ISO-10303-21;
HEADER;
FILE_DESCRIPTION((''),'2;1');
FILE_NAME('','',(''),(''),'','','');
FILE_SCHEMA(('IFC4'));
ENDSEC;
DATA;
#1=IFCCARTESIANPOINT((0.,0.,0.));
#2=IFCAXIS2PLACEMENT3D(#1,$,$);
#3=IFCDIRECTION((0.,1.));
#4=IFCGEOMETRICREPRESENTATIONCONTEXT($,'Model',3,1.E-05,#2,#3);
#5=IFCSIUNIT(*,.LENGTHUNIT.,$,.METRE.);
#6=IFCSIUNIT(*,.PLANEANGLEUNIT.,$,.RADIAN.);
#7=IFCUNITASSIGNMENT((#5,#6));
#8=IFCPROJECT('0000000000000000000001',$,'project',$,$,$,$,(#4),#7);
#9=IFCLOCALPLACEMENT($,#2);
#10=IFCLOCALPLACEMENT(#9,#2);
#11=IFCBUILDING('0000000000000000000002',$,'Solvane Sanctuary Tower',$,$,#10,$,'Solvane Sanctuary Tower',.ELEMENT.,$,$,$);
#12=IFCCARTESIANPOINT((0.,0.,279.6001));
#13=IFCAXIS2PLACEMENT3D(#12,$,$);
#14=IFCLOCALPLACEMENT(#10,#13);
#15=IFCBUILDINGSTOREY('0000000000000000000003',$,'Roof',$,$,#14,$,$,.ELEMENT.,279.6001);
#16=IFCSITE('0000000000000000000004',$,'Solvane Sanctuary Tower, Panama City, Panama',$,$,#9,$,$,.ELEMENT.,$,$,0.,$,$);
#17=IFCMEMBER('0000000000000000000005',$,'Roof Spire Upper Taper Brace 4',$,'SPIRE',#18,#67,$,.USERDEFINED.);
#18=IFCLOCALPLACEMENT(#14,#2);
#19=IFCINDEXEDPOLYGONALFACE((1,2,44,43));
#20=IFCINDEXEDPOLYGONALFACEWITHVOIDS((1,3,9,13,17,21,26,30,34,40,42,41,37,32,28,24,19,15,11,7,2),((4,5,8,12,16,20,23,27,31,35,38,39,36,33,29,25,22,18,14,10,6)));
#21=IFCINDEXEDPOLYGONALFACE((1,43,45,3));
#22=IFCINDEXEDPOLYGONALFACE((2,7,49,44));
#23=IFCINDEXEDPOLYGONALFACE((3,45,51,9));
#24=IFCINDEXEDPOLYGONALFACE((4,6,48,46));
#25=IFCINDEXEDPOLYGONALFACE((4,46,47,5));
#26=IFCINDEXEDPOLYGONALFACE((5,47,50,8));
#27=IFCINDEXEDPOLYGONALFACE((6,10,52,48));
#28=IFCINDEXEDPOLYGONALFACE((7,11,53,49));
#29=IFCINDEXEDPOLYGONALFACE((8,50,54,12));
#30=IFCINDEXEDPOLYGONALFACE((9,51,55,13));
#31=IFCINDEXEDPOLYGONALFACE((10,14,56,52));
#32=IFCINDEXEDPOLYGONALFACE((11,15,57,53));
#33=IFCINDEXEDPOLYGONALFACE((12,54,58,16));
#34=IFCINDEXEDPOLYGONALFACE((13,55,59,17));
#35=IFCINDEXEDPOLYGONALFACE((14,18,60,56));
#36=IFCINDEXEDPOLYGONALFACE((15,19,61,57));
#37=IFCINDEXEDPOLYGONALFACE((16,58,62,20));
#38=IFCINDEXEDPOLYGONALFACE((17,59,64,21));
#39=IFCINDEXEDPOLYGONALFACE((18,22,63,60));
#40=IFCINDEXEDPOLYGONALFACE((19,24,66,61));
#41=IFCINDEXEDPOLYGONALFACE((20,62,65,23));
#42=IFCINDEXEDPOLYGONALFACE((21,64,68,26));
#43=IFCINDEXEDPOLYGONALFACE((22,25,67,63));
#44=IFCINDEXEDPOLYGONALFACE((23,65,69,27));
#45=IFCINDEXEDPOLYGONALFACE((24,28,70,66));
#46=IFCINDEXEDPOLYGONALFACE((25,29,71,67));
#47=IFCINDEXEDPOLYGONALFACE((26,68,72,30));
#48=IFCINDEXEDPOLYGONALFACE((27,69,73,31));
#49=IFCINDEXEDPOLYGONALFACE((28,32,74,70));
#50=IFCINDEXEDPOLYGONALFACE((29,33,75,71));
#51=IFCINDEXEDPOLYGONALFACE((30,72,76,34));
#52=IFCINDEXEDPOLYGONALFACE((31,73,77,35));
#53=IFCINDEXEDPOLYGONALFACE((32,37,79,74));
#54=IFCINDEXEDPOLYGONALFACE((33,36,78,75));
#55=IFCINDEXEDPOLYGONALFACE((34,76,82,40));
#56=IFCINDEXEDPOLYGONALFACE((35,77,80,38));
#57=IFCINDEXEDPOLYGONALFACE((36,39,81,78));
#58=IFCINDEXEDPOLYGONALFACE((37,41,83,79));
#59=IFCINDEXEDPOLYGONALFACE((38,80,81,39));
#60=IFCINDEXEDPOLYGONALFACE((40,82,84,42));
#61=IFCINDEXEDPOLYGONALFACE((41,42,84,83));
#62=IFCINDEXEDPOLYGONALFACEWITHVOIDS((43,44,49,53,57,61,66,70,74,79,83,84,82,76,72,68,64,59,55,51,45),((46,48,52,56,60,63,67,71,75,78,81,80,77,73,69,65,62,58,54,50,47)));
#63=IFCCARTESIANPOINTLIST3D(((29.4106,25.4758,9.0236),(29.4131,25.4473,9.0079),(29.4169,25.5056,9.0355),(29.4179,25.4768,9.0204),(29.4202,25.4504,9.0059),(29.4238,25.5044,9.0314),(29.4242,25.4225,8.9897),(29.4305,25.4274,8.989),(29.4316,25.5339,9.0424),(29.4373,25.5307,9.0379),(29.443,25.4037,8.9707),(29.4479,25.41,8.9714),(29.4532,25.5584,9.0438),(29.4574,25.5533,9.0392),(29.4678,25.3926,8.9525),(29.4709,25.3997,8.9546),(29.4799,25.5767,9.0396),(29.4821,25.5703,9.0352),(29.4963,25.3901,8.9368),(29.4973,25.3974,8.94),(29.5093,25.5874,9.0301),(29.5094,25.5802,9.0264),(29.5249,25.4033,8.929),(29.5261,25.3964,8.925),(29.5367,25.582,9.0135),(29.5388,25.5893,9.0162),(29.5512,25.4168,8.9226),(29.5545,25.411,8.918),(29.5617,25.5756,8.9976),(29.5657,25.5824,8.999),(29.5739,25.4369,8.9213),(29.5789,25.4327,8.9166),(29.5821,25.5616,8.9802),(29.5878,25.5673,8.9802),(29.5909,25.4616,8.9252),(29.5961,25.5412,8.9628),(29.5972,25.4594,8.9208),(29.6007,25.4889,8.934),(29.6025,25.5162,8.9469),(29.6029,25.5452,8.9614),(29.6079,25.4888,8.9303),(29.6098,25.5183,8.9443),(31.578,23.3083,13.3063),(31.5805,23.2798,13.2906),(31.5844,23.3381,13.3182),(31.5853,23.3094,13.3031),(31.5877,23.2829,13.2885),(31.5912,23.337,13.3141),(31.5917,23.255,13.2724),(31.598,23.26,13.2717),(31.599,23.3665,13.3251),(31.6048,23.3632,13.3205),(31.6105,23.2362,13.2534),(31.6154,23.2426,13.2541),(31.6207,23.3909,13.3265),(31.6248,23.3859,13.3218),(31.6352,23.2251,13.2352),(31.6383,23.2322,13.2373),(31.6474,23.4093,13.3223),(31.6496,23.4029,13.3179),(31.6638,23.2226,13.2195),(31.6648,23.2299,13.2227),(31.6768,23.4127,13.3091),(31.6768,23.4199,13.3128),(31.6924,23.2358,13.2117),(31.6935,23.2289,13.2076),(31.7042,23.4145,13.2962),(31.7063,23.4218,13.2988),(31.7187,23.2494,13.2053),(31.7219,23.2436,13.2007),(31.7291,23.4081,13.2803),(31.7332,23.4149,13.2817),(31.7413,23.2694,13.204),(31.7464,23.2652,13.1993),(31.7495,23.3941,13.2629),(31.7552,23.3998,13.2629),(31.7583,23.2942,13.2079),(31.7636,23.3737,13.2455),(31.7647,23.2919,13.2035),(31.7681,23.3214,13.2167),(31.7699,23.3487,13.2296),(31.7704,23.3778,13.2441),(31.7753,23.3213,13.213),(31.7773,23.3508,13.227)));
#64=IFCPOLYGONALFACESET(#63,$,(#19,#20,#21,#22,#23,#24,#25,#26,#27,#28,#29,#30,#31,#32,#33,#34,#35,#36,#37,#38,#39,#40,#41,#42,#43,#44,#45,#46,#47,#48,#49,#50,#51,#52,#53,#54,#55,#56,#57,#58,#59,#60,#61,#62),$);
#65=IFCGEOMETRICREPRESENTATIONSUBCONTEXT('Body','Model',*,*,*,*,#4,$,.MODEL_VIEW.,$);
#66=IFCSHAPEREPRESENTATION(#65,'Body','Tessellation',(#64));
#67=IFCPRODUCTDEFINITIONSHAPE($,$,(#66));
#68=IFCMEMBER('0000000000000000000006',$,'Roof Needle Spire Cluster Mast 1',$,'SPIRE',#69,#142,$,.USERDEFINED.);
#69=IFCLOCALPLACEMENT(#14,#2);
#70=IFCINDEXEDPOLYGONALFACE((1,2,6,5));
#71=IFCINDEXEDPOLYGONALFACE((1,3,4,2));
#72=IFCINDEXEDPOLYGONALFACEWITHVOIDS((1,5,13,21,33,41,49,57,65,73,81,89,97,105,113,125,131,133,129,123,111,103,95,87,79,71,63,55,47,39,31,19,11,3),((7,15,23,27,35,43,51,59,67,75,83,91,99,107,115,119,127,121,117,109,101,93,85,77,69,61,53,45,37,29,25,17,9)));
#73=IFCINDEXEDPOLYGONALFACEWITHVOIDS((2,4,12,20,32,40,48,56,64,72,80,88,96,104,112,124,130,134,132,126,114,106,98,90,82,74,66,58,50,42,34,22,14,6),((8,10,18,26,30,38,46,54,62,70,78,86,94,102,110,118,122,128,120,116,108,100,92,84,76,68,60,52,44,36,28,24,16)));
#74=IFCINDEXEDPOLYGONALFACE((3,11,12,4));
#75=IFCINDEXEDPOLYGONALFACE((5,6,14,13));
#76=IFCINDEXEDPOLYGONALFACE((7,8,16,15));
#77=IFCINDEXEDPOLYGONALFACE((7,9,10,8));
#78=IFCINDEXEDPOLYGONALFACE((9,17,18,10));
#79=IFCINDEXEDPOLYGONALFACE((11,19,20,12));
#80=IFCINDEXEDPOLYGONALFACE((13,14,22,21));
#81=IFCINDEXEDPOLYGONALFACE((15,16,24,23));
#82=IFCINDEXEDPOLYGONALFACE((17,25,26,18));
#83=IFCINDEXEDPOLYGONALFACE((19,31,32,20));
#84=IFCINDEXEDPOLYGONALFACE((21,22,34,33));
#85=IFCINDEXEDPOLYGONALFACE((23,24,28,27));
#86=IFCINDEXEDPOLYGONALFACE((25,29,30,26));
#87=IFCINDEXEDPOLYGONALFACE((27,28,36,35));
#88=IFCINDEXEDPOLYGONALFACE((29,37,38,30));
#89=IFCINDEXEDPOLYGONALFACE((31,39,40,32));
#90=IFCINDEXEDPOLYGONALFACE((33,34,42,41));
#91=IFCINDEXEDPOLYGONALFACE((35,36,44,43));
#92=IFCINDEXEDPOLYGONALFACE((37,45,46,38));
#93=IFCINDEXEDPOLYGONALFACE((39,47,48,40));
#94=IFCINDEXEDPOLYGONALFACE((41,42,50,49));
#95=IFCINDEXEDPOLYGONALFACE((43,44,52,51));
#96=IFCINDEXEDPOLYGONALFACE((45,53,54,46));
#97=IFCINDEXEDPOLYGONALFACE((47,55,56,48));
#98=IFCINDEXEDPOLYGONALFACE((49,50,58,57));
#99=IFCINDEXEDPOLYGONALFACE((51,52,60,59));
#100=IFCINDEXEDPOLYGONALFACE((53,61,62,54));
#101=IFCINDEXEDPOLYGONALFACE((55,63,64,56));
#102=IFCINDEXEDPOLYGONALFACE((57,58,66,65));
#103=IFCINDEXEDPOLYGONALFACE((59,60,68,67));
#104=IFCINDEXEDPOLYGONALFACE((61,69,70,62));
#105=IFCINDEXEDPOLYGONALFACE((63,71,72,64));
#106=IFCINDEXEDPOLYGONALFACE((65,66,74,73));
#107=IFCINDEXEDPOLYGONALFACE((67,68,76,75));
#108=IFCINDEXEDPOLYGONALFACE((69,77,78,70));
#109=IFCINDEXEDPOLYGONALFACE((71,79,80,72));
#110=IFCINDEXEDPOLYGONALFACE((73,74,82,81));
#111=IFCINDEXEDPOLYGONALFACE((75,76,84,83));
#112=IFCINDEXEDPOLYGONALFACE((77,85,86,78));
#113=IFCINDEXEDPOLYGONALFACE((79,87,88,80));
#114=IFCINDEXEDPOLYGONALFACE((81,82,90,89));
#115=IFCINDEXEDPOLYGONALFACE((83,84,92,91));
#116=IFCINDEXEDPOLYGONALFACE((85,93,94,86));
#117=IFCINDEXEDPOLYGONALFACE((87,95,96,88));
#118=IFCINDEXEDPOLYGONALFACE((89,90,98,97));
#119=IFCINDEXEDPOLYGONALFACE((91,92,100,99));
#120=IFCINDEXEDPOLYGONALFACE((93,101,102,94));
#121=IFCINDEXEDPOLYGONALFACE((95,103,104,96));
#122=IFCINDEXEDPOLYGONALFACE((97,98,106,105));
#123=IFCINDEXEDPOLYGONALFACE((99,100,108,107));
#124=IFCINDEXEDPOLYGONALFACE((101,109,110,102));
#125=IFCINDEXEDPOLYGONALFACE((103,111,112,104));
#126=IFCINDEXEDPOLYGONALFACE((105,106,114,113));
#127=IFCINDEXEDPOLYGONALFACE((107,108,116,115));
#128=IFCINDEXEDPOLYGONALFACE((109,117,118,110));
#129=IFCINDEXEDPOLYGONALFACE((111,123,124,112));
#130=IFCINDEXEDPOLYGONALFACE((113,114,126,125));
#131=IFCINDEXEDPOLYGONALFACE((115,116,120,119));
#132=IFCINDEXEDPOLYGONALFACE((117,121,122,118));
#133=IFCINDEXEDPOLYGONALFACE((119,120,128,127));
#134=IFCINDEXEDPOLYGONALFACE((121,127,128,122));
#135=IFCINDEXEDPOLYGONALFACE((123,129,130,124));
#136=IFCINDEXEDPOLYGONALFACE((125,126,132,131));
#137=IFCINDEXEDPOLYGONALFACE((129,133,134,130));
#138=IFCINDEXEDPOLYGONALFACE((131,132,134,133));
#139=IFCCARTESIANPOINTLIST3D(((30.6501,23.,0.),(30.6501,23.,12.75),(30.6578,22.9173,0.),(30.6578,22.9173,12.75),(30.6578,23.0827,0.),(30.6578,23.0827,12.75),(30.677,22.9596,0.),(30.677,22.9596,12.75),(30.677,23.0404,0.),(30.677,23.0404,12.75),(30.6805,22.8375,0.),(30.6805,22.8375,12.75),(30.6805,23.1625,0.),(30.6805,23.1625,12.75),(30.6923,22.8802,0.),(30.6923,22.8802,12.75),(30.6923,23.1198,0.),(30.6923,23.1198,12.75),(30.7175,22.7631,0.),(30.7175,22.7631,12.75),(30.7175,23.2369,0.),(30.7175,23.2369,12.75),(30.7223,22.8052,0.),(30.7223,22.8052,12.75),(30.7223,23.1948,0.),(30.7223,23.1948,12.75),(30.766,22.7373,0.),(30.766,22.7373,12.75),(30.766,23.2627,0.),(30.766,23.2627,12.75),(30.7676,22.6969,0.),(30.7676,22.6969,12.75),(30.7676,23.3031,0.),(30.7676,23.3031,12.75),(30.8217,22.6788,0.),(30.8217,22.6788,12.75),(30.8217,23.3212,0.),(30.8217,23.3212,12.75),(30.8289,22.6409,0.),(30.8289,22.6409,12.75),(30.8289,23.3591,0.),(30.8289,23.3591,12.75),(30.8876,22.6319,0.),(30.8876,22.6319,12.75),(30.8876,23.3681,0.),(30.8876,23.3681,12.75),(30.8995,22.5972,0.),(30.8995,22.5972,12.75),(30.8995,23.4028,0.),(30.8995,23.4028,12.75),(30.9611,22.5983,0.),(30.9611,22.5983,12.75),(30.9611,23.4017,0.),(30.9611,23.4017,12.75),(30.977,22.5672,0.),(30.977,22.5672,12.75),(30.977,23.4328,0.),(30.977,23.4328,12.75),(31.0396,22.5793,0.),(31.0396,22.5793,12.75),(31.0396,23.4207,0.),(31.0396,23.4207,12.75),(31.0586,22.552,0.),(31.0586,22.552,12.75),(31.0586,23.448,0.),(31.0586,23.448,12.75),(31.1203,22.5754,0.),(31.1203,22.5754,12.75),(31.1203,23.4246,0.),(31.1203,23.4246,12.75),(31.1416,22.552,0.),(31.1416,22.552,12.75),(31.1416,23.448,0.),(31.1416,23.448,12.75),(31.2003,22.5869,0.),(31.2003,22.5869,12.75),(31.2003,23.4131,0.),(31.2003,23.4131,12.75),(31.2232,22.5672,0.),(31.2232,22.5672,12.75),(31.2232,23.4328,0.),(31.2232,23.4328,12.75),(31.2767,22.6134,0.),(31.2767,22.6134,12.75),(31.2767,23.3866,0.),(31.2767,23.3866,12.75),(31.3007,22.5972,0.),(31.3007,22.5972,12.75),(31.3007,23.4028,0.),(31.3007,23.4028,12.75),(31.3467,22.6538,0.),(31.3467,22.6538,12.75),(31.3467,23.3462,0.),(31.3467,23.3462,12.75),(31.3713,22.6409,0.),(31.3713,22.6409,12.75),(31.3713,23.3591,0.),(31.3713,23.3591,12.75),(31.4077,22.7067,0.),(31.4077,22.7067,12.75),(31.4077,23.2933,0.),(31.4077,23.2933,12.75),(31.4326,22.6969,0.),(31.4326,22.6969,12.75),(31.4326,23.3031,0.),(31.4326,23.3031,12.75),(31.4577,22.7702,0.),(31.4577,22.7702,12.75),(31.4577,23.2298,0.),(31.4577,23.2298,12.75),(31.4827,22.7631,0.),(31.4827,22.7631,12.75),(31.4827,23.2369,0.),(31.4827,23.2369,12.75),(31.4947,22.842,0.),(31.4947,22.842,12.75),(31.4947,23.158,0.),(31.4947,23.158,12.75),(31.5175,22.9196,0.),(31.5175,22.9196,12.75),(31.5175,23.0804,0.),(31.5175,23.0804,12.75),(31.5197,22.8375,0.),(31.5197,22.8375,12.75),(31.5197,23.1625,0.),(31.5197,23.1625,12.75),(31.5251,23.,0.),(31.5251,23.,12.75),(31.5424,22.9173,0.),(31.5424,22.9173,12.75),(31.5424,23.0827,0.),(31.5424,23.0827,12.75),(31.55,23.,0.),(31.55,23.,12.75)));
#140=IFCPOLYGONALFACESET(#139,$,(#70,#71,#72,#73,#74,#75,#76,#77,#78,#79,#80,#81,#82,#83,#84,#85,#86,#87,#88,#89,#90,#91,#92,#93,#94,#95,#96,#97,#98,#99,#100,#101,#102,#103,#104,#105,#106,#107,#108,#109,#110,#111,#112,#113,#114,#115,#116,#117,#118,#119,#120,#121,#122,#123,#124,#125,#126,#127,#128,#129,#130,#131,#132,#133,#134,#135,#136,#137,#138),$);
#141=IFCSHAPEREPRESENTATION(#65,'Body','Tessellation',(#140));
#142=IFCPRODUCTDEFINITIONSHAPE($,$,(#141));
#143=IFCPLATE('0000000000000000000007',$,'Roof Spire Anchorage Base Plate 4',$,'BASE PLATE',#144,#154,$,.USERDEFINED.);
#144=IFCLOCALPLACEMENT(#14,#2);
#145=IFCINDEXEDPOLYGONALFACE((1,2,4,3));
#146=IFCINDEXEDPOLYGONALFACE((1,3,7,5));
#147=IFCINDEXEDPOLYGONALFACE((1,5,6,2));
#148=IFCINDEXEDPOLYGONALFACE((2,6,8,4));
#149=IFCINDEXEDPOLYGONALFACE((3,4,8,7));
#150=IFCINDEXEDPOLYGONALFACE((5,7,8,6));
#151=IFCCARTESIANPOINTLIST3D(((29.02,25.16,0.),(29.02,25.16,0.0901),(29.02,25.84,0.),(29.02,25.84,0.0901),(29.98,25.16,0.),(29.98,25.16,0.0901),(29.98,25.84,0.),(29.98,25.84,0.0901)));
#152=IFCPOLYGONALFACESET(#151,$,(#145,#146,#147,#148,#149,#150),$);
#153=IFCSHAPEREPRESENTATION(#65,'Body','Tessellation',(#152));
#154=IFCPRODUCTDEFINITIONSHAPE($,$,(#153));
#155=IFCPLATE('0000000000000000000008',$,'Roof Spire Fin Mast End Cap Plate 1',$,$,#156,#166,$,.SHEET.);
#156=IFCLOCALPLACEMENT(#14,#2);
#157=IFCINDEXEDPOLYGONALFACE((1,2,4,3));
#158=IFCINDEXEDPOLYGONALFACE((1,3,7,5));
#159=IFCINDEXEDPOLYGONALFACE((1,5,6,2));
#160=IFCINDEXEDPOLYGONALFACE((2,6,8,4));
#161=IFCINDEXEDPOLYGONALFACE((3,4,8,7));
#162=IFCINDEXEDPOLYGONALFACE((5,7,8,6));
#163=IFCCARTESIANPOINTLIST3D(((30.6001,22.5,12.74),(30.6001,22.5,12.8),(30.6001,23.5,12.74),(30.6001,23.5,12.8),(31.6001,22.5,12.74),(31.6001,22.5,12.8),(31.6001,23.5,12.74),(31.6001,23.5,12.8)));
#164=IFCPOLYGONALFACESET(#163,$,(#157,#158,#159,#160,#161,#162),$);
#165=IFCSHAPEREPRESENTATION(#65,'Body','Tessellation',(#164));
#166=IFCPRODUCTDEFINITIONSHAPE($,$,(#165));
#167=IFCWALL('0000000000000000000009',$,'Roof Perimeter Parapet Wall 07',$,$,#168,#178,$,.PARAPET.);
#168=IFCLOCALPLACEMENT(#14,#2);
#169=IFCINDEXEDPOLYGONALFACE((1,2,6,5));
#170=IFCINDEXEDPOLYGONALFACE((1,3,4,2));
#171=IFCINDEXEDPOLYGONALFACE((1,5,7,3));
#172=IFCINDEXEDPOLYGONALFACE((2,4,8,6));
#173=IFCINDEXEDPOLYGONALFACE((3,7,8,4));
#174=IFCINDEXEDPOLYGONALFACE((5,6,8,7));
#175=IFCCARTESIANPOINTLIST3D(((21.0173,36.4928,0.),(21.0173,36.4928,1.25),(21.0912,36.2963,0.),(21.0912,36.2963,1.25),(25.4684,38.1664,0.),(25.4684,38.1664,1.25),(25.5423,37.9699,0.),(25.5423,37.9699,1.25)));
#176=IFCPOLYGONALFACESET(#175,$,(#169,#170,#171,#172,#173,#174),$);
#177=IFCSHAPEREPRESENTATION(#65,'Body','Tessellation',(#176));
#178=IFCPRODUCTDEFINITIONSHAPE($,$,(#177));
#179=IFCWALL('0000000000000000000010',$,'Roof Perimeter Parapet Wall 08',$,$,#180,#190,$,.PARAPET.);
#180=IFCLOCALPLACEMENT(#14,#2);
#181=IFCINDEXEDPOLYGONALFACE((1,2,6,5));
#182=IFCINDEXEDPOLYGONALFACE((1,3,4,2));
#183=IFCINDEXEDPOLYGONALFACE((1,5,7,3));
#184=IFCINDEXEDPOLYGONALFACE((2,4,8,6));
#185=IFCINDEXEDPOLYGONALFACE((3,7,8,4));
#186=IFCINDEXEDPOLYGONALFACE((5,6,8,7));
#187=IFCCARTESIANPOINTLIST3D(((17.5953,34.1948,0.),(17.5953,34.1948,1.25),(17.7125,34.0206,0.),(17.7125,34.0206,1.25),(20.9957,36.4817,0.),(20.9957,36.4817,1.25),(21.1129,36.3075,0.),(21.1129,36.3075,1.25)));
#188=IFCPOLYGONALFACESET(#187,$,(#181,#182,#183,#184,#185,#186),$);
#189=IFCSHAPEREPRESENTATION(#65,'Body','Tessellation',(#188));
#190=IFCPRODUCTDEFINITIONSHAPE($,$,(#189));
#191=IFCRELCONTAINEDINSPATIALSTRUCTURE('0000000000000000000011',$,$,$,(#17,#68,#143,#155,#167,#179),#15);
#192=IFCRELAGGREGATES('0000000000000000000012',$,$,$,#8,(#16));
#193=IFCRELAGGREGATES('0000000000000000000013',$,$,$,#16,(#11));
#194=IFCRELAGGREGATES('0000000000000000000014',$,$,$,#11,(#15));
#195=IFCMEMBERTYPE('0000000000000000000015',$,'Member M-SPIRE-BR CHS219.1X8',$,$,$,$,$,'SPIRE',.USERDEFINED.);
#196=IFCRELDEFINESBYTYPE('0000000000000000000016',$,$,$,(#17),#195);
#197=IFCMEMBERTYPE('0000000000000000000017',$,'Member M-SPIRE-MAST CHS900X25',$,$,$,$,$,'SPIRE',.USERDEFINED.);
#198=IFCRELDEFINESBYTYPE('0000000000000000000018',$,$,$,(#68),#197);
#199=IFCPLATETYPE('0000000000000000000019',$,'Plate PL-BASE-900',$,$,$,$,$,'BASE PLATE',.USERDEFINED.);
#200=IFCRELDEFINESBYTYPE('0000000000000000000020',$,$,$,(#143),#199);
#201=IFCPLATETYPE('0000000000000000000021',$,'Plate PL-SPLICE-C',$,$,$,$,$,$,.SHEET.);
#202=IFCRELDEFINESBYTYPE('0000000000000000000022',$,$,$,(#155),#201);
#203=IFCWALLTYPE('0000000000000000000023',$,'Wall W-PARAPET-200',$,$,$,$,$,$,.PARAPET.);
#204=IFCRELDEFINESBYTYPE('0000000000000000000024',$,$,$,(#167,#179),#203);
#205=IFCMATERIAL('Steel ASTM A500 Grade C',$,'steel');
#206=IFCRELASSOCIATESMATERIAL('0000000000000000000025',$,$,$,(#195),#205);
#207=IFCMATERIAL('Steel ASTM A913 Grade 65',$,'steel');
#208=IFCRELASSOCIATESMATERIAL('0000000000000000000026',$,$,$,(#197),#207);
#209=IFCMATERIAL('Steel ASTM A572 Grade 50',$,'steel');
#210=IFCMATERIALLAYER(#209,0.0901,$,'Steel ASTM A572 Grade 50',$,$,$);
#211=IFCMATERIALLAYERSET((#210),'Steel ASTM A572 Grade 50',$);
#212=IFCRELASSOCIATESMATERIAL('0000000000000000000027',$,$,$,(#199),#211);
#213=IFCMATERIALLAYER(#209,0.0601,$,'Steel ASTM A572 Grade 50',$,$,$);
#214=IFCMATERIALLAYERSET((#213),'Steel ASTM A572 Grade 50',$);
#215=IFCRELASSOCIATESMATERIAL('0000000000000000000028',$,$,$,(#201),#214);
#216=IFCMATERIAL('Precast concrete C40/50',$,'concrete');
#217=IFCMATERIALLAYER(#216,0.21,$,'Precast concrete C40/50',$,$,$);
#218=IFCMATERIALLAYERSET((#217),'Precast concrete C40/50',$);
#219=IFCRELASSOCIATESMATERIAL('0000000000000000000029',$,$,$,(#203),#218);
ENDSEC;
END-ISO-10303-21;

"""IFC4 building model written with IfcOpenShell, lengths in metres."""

from ifc_helpers import new_model, si_unit, direction, frame, frame_2d, origin, origin_2d, place, context, subcontext, project, spatial, rectangle, hollow_circle, extrude, material, layer, layer_set, material_profile, profile_set, type_object, element, save


model = new_model("IFC4")

# Units and contexts
model_context = context("Model", 3, precision=1e-05, world=origin(), true_north=direction((0.0, 1.0)))
body_context = subcontext(model_context, "Body", "Model", "MODEL_VIEW")
ifc_project = project(units=[si_unit("LENGTHUNIT", "METRE"), si_unit("PLANEANGLEUNIT", "RADIAN")], contexts=[model_context])

# Site, building, storey
site_placement = place(None, origin())
site = spatial("IfcSite", under=ifc_project, at=site_placement, Name="Solvane Sanctuary Tower, Panama City, Panama", CompositionType="ELEMENT", RefElevation=0.0)
building_placement = place(site_placement, origin())
building = spatial("IfcBuilding", under=site, at=building_placement, Name="Solvane Sanctuary Tower", LongName="Solvane Sanctuary Tower", CompositionType="ELEMENT")
storey_placement = place(building_placement, frame((0.0, 0.0, 279.6001)))
storey = spatial("IfcBuildingStorey", under=building, at=storey_placement, Name="Roof", CompositionType="ELEMENT", Elevation=279.6001)

# Shared definitions
ifc_material_1 = material(Name="Steel ASTM A913 Grade 65", Category="steel")

# Members
ifc_material_2 = material(Name="Steel ASTM A500 Grade C", Category="steel")
ifc_material_profile_1 = material_profile(ifc_material_2, hollow_circle(Radius=0.1096, WallThickness=0.0081, at=origin_2d()), Name="CHS219.1X8")
ifc_profile_set_1 = profile_set([ifc_material_profile_1], Name="Steel ASTM A500 Grade C")
member_type_1 = type_object("IfcMemberType", Name="Member M-SPIRE-BR CHS219.1X8", ElementType="SPIRE", PredefinedType="USERDEFINED", material=ifc_profile_set_1)
member_1_placement = place(storey_placement, frame((29.5103, 25.4897, 8.9802), z_axis=(0.411548, -0.411548, 0.813176), x_axis=(0.707107, 0.707107, 0.0)))
element("IfcMember", 1, at=member_1_placement, inside=storey, type_object=member_type_1, Name="Roof Spire Upper Taper Brace 4", ObjectType="SPIRE", PredefinedType="USERDEFINED", context=body_context, shape_type="SweptSolid", body=[
    extrude(hollow_circle(Radius=0.1096, WallThickness=0.0081, at=origin_2d()), origin(), (0.0, 0.0, 1.0), 5.2666),
])
ifc_material_profile_2 = material_profile(ifc_material_1, hollow_circle(Radius=0.45, WallThickness=0.0249, at=origin_2d()), Name="CHS900X25")
ifc_profile_set_2 = profile_set([ifc_material_profile_2], Name="Steel ASTM A913 Grade 65")
member_type_2 = type_object("IfcMemberType", Name="Member M-SPIRE-MAST CHS900X25", ElementType="SPIRE", PredefinedType="USERDEFINED", material=ifc_profile_set_2)
member_2_placement = place(storey_placement, frame((31.1001, 23.0, 0.0), z_axis=(0.0, 0.0, 1.0), x_axis=(1.0, 0.0, 0.0)))
element("IfcMember", 2, at=member_2_placement, inside=storey, type_object=member_type_2, Name="Roof Needle Spire Cluster Mast 1", ObjectType="SPIRE", PredefinedType="USERDEFINED", context=body_context, shape_type="SweptSolid", body=[
    extrude(hollow_circle(Radius=0.45, WallThickness=0.0249, at=origin_2d()), origin(), (0.0, 0.0, 1.0), 12.75),
])

# Plates
ifc_material_3 = material(Name="Steel ASTM A572 Grade 50", Category="steel")
ifc_layer_1 = layer(ifc_material_3, 0.0901, Name="Steel ASTM A572 Grade 50")
ifc_layer_set_1 = layer_set([ifc_layer_1], Name="Steel ASTM A572 Grade 50")
plate_type_1 = type_object("IfcPlateType", Name="Plate PL-BASE-900", ElementType="BASE PLATE", PredefinedType="USERDEFINED", material=ifc_layer_set_1)
plate_1_placement = place(storey_placement, frame((29.5, 25.5, 0.0), z_axis=(0.0, 0.0, 1.0), x_axis=(1.0, 0.0, 0.0)))
element("IfcPlate", 3, at=plate_1_placement, inside=storey, type_object=plate_type_1, Name="Roof Spire Anchorage Base Plate 4", ObjectType="BASE PLATE", PredefinedType="USERDEFINED", context=body_context, shape_type="SweptSolid", body=[
    extrude(rectangle(XDim=0.96, YDim=0.6799, at=origin_2d()), origin(), (0.0, 0.0, 1.0), 0.0901),
])
ifc_layer_2 = layer(ifc_material_3, 0.0601, Name="Steel ASTM A572 Grade 50")
ifc_layer_set_2 = layer_set([ifc_layer_2], Name="Steel ASTM A572 Grade 50")
plate_type_2 = type_object("IfcPlateType", Name="Plate PL-SPLICE-C", PredefinedType="SHEET", material=ifc_layer_set_2)
plate_2_placement = place(storey_placement, frame((31.1001, 23.0, 12.74), z_axis=(0.0, 0.0, 1.0), x_axis=(1.0, 0.0, 0.0)))
element("IfcPlate", 4, at=plate_2_placement, inside=storey, type_object=plate_type_2, Name="Roof Spire Fin Mast End Cap Plate 1", PredefinedType="SHEET", context=body_context, shape_type="SweptSolid", body=[
    extrude(rectangle(XDim=1.0, YDim=1.0, at=origin_2d()), origin(), (0.0, 0.0, 1.0), 0.0601),
])

# Walls
ifc_material_4 = material(Name="Precast concrete C40/50", Category="concrete")
ifc_layer_3 = layer(ifc_material_4, 0.21, Name="Precast concrete C40/50")
ifc_layer_set_3 = layer_set([ifc_layer_3], Name="Precast concrete C40/50")
wall_type = type_object("IfcWallType", Name="Wall W-PARAPET-200", PredefinedType="PARAPET", material=ifc_layer_set_3)
wall_1_placement = place(storey_placement, frame((25.5054, 38.0681, 0.0), z_axis=(0.0, 0.0, 1.0), x_axis=(-0.936025, -0.351933, 0.0)))
element("IfcWall", 5, at=wall_1_placement, inside=storey, type_object=wall_type, Name="Roof Perimeter Parapet Wall 07", PredefinedType="PARAPET", context=body_context, shape_type="SweptSolid", body=[
    extrude(rectangle(XDim=4.7554, YDim=0.21, at=frame_2d((2.3777, 0.0))), origin(), (0.0, 0.0, 1.0), 1.25),
])
wall_2_placement = place(storey_placement, frame((21.0542, 36.3945, 0.0), z_axis=(0.0, 0.0, 1.0), x_axis=(-0.829798, -0.558064, 0.0)))
element("IfcWall", 6, at=wall_2_placement, inside=storey, type_object=wall_type, Name="Roof Perimeter Parapet Wall 08", PredefinedType="PARAPET", context=body_context, shape_type="SweptSolid", body=[
    extrude(rectangle(XDim=4.0979, YDim=0.21, at=frame_2d((2.0488, 0.0))), origin(), (0.0, 0.0, 1.0), 1.25),
])

save(model, "model.ifc")
